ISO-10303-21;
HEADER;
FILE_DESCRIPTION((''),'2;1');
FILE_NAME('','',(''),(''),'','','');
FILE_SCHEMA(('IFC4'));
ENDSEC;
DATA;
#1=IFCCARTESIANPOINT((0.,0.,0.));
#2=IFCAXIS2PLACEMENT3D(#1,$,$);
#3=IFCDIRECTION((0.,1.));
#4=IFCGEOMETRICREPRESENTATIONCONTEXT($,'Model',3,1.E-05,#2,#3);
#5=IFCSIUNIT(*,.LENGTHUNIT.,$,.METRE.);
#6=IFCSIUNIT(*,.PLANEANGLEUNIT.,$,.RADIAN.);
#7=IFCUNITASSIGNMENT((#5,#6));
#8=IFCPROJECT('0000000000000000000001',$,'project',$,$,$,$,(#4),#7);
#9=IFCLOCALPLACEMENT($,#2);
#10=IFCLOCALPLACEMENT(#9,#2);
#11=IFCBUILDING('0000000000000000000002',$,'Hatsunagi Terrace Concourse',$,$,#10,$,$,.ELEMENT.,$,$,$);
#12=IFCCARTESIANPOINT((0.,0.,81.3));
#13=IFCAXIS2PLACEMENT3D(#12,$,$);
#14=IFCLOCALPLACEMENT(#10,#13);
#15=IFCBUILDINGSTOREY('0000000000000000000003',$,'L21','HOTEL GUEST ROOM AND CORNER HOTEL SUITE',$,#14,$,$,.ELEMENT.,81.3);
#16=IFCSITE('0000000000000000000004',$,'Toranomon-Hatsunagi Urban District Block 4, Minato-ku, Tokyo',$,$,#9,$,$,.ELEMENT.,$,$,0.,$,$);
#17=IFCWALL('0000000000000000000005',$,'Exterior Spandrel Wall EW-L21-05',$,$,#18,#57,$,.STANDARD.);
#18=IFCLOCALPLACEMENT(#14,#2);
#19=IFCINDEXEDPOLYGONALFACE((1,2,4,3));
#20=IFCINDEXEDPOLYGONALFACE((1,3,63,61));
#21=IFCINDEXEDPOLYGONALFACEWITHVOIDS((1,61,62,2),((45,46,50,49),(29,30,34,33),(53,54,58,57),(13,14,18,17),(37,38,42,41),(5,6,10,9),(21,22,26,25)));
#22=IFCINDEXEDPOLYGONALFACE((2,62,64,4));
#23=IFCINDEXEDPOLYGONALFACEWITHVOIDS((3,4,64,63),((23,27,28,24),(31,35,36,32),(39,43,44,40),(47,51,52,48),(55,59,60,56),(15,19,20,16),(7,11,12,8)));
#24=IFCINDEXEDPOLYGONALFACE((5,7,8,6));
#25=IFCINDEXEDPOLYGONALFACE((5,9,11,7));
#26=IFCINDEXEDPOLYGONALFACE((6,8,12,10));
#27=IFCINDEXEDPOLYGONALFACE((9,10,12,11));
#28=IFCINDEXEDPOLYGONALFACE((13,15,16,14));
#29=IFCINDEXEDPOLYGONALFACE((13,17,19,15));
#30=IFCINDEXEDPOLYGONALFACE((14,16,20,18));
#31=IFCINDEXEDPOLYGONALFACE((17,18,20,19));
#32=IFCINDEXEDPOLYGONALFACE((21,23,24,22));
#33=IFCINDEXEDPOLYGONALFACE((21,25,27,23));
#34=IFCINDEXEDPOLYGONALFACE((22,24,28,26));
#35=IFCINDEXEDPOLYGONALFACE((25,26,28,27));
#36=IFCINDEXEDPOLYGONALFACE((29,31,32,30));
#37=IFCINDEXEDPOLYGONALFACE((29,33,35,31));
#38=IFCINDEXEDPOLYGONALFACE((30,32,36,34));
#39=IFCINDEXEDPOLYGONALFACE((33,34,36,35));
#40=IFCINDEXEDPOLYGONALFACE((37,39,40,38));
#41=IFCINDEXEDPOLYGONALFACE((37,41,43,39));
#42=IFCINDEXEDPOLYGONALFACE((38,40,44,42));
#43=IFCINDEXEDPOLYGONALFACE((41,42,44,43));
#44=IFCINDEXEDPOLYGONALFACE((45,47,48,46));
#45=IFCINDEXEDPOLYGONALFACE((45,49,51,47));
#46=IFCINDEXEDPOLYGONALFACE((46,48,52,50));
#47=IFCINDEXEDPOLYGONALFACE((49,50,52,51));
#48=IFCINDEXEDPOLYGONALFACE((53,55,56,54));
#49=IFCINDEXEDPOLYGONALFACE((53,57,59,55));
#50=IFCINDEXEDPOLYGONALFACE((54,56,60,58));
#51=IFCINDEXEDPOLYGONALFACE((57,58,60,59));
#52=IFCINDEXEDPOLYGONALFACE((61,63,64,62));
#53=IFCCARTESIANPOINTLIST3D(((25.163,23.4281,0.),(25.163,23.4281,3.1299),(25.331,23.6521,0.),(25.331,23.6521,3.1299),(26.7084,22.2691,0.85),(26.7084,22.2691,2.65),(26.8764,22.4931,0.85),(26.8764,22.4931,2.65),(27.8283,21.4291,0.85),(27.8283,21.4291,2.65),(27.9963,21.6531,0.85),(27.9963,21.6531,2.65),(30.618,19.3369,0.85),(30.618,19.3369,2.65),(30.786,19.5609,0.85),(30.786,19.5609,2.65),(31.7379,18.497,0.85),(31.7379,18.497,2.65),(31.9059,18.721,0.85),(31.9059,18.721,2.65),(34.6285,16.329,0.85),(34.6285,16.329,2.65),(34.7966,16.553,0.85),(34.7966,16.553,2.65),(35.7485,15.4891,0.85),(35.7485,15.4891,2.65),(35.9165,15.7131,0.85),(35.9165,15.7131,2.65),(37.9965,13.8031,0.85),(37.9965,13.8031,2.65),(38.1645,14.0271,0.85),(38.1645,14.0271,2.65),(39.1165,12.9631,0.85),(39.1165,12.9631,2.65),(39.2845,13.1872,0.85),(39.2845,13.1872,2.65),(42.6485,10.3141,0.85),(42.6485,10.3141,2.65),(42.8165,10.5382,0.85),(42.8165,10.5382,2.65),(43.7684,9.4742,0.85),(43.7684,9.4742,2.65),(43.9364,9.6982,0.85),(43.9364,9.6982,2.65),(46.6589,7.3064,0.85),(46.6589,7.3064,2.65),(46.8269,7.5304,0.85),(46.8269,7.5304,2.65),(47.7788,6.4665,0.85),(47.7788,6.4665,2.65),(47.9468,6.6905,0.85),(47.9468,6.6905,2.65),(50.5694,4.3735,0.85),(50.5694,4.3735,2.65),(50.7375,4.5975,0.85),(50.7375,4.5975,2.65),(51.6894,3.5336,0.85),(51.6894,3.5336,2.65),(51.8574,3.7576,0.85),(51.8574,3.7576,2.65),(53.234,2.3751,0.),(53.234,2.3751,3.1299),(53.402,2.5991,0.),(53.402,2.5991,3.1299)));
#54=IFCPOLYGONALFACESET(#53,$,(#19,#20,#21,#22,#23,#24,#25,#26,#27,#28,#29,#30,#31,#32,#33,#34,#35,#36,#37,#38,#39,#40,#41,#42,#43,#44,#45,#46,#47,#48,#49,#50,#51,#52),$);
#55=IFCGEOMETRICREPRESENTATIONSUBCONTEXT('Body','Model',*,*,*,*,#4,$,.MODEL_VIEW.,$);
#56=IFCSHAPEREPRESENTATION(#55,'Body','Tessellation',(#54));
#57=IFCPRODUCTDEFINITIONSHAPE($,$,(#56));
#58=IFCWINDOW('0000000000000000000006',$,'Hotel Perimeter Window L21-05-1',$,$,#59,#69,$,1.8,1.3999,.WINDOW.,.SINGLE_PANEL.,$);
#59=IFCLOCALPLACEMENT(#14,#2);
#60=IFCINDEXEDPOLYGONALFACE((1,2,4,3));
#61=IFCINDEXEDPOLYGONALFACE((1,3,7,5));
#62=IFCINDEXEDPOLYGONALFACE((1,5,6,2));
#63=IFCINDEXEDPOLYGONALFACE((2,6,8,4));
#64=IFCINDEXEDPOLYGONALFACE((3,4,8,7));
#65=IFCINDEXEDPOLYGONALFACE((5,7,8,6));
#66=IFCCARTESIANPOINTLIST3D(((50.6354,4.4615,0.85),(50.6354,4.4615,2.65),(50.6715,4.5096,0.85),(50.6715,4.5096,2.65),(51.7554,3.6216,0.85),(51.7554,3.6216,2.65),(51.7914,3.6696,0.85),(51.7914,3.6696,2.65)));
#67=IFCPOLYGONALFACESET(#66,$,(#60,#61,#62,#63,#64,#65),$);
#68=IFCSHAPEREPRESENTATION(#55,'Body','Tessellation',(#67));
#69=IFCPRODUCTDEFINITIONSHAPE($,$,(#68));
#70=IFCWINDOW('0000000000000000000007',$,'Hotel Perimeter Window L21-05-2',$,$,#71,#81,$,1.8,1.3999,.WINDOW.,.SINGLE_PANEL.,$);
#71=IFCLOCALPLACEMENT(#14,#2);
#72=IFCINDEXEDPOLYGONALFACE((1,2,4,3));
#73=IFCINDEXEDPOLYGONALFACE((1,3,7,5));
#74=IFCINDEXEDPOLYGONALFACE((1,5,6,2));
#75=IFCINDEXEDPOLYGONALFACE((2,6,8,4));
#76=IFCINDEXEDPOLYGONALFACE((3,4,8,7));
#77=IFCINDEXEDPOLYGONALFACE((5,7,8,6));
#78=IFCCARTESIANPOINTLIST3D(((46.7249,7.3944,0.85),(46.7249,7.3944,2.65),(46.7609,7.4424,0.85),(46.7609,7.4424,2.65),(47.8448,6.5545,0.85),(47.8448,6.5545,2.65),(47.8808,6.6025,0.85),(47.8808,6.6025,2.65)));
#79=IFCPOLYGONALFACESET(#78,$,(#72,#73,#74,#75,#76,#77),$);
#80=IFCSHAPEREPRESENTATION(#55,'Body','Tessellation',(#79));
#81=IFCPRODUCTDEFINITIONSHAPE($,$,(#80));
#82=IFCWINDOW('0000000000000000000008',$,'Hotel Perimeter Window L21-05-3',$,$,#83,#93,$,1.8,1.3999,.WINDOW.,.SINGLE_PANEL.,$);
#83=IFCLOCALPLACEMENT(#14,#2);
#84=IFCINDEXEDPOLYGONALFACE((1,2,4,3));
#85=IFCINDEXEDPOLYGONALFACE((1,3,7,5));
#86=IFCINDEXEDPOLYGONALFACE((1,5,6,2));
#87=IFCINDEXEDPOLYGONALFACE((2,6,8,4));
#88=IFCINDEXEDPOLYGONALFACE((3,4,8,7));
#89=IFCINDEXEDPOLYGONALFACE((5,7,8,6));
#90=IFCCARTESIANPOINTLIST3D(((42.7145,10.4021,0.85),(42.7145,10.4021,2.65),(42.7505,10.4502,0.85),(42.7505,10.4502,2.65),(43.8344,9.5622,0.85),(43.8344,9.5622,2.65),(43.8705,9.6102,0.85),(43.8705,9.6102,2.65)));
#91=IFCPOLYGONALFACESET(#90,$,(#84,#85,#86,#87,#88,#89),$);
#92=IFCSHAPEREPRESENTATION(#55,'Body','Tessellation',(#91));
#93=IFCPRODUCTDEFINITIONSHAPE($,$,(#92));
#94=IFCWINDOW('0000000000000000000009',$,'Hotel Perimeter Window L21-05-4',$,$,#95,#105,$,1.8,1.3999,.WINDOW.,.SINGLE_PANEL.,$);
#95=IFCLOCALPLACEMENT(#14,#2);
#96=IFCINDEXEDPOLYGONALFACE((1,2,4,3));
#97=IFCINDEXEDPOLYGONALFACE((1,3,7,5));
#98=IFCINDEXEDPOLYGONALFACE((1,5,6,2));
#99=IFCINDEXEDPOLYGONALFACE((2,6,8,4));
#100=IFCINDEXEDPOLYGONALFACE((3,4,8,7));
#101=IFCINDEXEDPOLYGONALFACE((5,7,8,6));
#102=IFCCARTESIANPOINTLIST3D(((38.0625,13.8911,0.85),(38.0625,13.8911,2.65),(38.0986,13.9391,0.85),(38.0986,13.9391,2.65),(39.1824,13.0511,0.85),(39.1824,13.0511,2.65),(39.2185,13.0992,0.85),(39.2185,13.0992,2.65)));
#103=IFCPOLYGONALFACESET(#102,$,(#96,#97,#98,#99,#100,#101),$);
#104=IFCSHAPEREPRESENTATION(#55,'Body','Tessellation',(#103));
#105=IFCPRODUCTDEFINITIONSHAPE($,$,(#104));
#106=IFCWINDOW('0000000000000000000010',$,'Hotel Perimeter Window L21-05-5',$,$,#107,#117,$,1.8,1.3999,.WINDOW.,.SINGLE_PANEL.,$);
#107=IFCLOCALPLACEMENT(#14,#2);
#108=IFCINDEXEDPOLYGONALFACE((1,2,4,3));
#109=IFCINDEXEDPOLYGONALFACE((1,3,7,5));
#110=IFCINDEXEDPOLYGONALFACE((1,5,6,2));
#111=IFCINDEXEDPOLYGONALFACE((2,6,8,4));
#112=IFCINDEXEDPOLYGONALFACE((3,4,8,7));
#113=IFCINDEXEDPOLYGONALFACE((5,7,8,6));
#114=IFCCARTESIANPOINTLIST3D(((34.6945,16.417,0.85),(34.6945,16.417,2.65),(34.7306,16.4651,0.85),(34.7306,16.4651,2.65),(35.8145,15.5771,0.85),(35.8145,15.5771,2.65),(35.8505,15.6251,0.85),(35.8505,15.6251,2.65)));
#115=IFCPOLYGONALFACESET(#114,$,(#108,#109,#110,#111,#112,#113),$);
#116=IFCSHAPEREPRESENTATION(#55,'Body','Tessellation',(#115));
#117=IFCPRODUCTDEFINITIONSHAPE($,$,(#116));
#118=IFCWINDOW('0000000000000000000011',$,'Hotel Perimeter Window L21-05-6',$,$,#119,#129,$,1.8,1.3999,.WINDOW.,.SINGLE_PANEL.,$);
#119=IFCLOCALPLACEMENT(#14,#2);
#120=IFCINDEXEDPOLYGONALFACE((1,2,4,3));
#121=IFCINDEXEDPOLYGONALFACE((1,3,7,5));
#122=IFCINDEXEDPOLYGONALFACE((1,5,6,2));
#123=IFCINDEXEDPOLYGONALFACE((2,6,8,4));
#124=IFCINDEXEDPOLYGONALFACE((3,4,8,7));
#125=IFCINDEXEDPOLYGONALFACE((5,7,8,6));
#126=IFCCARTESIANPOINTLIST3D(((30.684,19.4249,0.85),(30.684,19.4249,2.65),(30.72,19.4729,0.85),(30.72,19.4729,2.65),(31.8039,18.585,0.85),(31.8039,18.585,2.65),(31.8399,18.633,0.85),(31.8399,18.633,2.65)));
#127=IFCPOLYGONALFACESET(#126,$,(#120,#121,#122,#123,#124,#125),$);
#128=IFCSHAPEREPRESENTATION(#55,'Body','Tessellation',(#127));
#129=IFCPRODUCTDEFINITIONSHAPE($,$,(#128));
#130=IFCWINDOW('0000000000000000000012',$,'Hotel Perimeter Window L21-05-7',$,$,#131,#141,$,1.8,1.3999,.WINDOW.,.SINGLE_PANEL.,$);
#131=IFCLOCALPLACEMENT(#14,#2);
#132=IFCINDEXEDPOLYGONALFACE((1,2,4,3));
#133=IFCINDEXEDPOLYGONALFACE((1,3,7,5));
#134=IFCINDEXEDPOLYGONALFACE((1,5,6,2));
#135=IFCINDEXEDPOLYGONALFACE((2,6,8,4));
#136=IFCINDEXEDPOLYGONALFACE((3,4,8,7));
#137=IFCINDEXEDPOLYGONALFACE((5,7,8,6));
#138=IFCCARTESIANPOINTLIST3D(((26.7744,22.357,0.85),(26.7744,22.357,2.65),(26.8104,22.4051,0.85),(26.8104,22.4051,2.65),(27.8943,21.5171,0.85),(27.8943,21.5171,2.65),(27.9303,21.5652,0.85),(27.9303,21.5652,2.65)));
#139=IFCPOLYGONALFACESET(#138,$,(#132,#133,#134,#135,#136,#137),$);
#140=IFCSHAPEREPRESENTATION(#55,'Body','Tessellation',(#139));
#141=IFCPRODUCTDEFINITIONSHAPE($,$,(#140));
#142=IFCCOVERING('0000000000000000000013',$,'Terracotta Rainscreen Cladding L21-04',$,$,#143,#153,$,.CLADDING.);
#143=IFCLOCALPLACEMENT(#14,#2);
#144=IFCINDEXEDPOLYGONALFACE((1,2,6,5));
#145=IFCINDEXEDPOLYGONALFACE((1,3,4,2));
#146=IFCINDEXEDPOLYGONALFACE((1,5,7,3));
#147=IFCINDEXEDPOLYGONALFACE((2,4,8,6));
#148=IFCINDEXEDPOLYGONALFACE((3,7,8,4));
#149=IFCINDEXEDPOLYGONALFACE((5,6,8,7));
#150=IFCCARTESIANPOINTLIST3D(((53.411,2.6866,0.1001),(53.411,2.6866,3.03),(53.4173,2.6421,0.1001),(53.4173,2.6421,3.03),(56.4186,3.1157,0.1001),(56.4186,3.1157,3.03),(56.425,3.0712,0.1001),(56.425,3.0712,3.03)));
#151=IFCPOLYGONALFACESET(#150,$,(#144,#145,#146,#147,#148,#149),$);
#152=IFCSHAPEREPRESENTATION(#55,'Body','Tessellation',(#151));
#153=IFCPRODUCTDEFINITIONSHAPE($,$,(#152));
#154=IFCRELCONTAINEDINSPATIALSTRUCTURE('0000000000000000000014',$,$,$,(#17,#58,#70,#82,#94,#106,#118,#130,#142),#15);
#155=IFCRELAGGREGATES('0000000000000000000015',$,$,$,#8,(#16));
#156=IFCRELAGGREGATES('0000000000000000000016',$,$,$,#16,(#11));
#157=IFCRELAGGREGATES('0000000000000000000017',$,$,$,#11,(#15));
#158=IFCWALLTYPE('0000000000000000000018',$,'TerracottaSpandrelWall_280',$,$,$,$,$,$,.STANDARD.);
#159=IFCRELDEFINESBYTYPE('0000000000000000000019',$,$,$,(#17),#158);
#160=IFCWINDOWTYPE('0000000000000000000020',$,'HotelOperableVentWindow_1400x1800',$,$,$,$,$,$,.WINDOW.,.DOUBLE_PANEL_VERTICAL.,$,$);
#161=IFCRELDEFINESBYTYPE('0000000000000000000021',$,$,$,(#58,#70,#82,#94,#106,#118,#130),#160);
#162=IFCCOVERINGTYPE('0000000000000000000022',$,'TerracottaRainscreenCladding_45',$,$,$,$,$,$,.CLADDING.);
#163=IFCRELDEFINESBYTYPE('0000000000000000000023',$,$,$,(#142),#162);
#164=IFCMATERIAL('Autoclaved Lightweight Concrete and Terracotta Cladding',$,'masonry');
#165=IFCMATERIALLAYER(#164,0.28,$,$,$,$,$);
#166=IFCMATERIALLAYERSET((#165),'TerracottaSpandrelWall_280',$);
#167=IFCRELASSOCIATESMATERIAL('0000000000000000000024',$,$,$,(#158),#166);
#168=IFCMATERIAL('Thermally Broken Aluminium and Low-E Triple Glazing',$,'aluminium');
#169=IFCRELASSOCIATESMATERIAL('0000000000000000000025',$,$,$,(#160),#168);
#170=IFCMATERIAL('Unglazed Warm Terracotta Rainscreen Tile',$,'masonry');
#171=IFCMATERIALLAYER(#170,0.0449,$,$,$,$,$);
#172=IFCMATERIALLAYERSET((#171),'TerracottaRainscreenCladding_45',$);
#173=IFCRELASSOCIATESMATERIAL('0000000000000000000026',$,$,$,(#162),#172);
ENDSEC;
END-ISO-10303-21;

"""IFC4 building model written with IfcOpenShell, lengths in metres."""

from ifc_helpers import new_model, si_unit, direction, frame, frame_2d, origin, origin_2d, place, context, subcontext, project, spatial, rectangle, extrude, material, layer, layer_set, type_object, element, fill, save


model = new_model("IFC4")

# Units and contexts
model_context = context("Model", 3, precision=1e-05, world=origin(), true_north=direction((0.0, 1.0)))
body_context = subcontext(model_context, "Body", "Model", "MODEL_VIEW")
ifc_project = project(units=[si_unit("LENGTHUNIT", "METRE"), si_unit("PLANEANGLEUNIT", "RADIAN")], contexts=[model_context])

# Site, building, storey
site_placement = place(None, origin())
site = spatial("IfcSite", under=ifc_project, at=site_placement, Name="Toranomon-Hatsunagi Urban District Block 4, Minato-ku, Tokyo", CompositionType="ELEMENT", RefElevation=0.0)
building_placement = place(site_placement, origin())
building = spatial("IfcBuilding", under=site, at=building_placement, Name="Hatsunagi Terrace Concourse", CompositionType="ELEMENT")
storey_placement = place(building_placement, frame((0.0, 0.0, 81.3)))
storey = spatial("IfcBuildingStorey", under=building, at=storey_placement, Name="L21", Description="HOTEL GUEST ROOM AND CORNER HOTEL SUITE", CompositionType="ELEMENT", Elevation=81.3)

# Shared definitions
ifc_material_1 = material(Name="Autoclaved Lightweight Concrete and Terracotta Cladding", Category="masonry")
ifc_layer_1 = layer(ifc_material_1, 0.28)
ifc_layer_set_1 = layer_set([ifc_layer_1], Name="TerracottaSpandrelWall_280")
wall_type_1 = type_object("IfcWallType", Name="TerracottaSpandrelWall_280", PredefinedType="STANDARD", material=ifc_layer_set_1)
ifc_material_2 = material(Name="Thermally Broken Aluminium and Low-E Triple Glazing", Category="aluminium")
window_type = type_object("IfcWindowType", Name="HotelOperableVentWindow_1400x1800", PartitioningType="DOUBLE_PANEL_VERTICAL", PredefinedType="WINDOW", material=ifc_material_2)

# Wall, openings, windows
wall_1_placement = place(storey_placement, frame((53.3181, 2.4871, 0.0), z_axis=(0.0, 0.0, 1.0), x_axis=(-0.800004, 0.599994, 0.0)))
wall_1 = element("IfcWall", 1, at=wall_1_placement, inside=storey, type_object=wall_type_1, Name="Exterior Spandrel Wall EW-L21-05", PredefinedType="STANDARD", context=body_context, shape_type="SweptSolid", body=[
    extrude(rectangle(XDim=35.0886, YDim=0.28, at=frame_2d((17.5444, 0.0))), origin(), (0.0, 0.0, 1.0), 3.1299),
])
opening_1_placement = place(wall_1_placement, frame((1.9309, 0.0, 0.8501)))
opening_1 = element("IfcOpeningElement", 2, at=opening_1_placement, cuts=wall_1, PredefinedType="OPENING", context=body_context, shape_type="SweptSolid", body=[
    extrude(rectangle(XDim=1.3999, YDim=1.8, at=frame_2d((0.7, 0.8999))), frame((0.0, 0.1499, 0.0), z_axis=(0.0, -1.0, 0.0), x_axis=(1.0, 0.0, 0.0)), (0.0, 0.0, 1.0), 0.3),
])
opening_2_placement = place(wall_1_placement, frame((6.8191, 0.0, 0.8501)))
opening_2 = element("IfcOpeningElement", 3, at=opening_2_placement, cuts=wall_1, PredefinedType="OPENING", context=body_context, shape_type="SweptSolid", body=[
    extrude(rectangle(XDim=1.3999, YDim=1.8, at=frame_2d((0.7, 0.8999))), frame((0.0, 0.1499, 0.0), z_axis=(0.0, -1.0, 0.0), x_axis=(1.0, 0.0, 0.0)), (0.0, 0.0, 1.0), 0.3),
])
opening_3_placement = place(wall_1_placement, frame((11.832, 0.0, 0.8501)))
opening_3 = element("IfcOpeningElement", 4, at=opening_3_placement, cuts=wall_1, PredefinedType="OPENING", context=body_context, shape_type="SweptSolid", body=[
    extrude(rectangle(XDim=1.3999, YDim=1.8, at=frame_2d((0.7, 0.8999))), frame((0.0, 0.1499, 0.0), z_axis=(0.0, -1.0, 0.0), x_axis=(1.0, 0.0, 0.0)), (0.0, 0.0, 1.0), 0.3),
])
opening_4_placement = place(wall_1_placement, frame((17.647, 0.0, 0.8501)))
opening_4 = element("IfcOpeningElement", 5, at=opening_4_placement, cuts=wall_1, PredefinedType="OPENING", context=body_context, shape_type="SweptSolid", body=[
    extrude(rectangle(XDim=1.3999, YDim=1.8, at=frame_2d((0.7, 0.8999))), frame((0.0, 0.1499, 0.0), z_axis=(0.0, -1.0, 0.0), x_axis=(1.0, 0.0, 0.0)), (0.0, 0.0, 1.0), 0.3),
])
opening_5_placement = place(wall_1_placement, frame((21.8569, 0.0, 0.8501)))
opening_5 = element("IfcOpeningElement", 6, at=opening_5_placement, cuts=wall_1, PredefinedType="OPENING", context=body_context, shape_type="SweptSolid", body=[
    extrude(rectangle(XDim=1.3999, YDim=1.8, at=frame_2d((0.7, 0.8999))), frame((0.0, 0.1499, 0.0), z_axis=(0.0, -1.0, 0.0), x_axis=(1.0, 0.0, 0.0)), (0.0, 0.0, 1.0), 0.3),
])
opening_6_placement = place(wall_1_placement, frame((26.8701, 0.0, 0.8501)))
opening_6 = element("IfcOpeningElement", 7, at=opening_6_placement, cuts=wall_1, PredefinedType="OPENING", context=body_context, shape_type="SweptSolid", body=[
    extrude(rectangle(XDim=1.3999, YDim=1.8, at=frame_2d((0.7, 0.8999))), frame((0.0, 0.1499, 0.0), z_axis=(0.0, -1.0, 0.0), x_axis=(1.0, 0.0, 0.0)), (0.0, 0.0, 1.0), 0.3),
])
opening_7_placement = place(wall_1_placement, frame((31.7571, 0.0, 0.8501)))
opening_7 = element("IfcOpeningElement", 8, at=opening_7_placement, cuts=wall_1, PredefinedType="OPENING", context=body_context, shape_type="SweptSolid", body=[
    extrude(rectangle(XDim=1.3999, YDim=1.8, at=frame_2d((0.7, 0.8999))), frame((0.0, 0.1499, 0.0), z_axis=(0.0, -1.0, 0.0), x_axis=(1.0, 0.0, 0.0)), (0.0, 0.0, 1.0), 0.3),
])
window_1_placement = place(opening_1_placement, origin())
window_1 = element("IfcWindow", 9, at=window_1_placement, inside=storey, type_object=window_type, Name="Hotel Perimeter Window L21-05-1", OverallHeight=1.8, OverallWidth=1.3999, PartitioningType="SINGLE_PANEL", PredefinedType="WINDOW", context=body_context, shape_type="SweptSolid", body=[
    extrude(rectangle(XDim=1.3999, YDim=1.8, at=frame_2d((0.7, 0.8999))), frame((0.0, 0.03, 0.0), z_axis=(0.0, -1.0, 0.0), x_axis=(1.0, 0.0, 0.0)), (0.0, 0.0, 1.0), 0.0601),
])
fill(opening_1, window_1)
window_2_placement = place(opening_2_placement, origin())
window_2 = element("IfcWindow", 10, at=window_2_placement, inside=storey, type_object=window_type, Name="Hotel Perimeter Window L21-05-2", OverallHeight=1.8, OverallWidth=1.3999, PartitioningType="SINGLE_PANEL", PredefinedType="WINDOW", context=body_context, shape_type="SweptSolid", body=[
    extrude(rectangle(XDim=1.3999, YDim=1.8, at=frame_2d((0.7, 0.8999))), frame((0.0, 0.03, 0.0), z_axis=(0.0, -1.0, 0.0), x_axis=(1.0, 0.0, 0.0)), (0.0, 0.0, 1.0), 0.0601),
])
fill(opening_2, window_2)
window_3_placement = place(opening_3_placement, origin())
window_3 = element("IfcWindow", 11, at=window_3_placement, inside=storey, type_object=window_type, Name="Hotel Perimeter Window L21-05-3", OverallHeight=1.8, OverallWidth=1.3999, PartitioningType="SINGLE_PANEL", PredefinedType="WINDOW", context=body_context, shape_type="SweptSolid", body=[
    extrude(rectangle(XDim=1.3999, YDim=1.8, at=frame_2d((0.7, 0.8999))), frame((0.0, 0.03, 0.0), z_axis=(0.0, -1.0, 0.0), x_axis=(1.0, 0.0, 0.0)), (0.0, 0.0, 1.0), 0.0601),
])
fill(opening_3, window_3)
window_4_placement = place(opening_4_placement, origin())
window_4 = element("IfcWindow", 12, at=window_4_placement, inside=storey, type_object=window_type, Name="Hotel Perimeter Window L21-05-4", OverallHeight=1.8, OverallWidth=1.3999, PartitioningType="SINGLE_PANEL", PredefinedType="WINDOW", context=body_context, shape_type="SweptSolid", body=[
    extrude(rectangle(XDim=1.3999, YDim=1.8, at=frame_2d((0.7, 0.8999))), frame((0.0, 0.03, 0.0), z_axis=(0.0, -1.0, 0.0), x_axis=(1.0, 0.0, 0.0)), (0.0, 0.0, 1.0), 0.0601),
])
fill(opening_4, window_4)
window_5_placement = place(opening_5_placement, origin())
window_5 = element("IfcWindow", 13, at=window_5_placement, inside=storey, type_object=window_type, Name="Hotel Perimeter Window L21-05-5", OverallHeight=1.8, OverallWidth=1.3999, PartitioningType="SINGLE_PANEL", PredefinedType="WINDOW", context=body_context, shape_type="SweptSolid", body=[
    extrude(rectangle(XDim=1.3999, YDim=1.8, at=frame_2d((0.7, 0.8999))), frame((0.0, 0.03, 0.0), z_axis=(0.0, -1.0, 0.0), x_axis=(1.0, 0.0, 0.0)), (0.0, 0.0, 1.0), 0.0601),
])
fill(opening_5, window_5)
window_6_placement = place(opening_6_placement, origin())
window_6 = element("IfcWindow", 14, at=window_6_placement, inside=storey, type_object=window_type, Name="Hotel Perimeter Window L21-05-6", OverallHeight=1.8, OverallWidth=1.3999, PartitioningType="SINGLE_PANEL", PredefinedType="WINDOW", context=body_context, shape_type="SweptSolid", body=[
    extrude(rectangle(XDim=1.3999, YDim=1.8, at=frame_2d((0.7, 0.8999))), frame((0.0, 0.03, 0.0), z_axis=(0.0, -1.0, 0.0), x_axis=(1.0, 0.0, 0.0)), (0.0, 0.0, 1.0), 0.0601),
])
fill(opening_6, window_6)
window_7_placement = place(opening_7_placement, origin())
window_7 = element("IfcWindow", 15, at=window_7_placement, inside=storey, type_object=window_type, Name="Hotel Perimeter Window L21-05-7", OverallHeight=1.8, OverallWidth=1.3999, PartitioningType="SINGLE_PANEL", PredefinedType="WINDOW", context=body_context, shape_type="SweptSolid", body=[
    extrude(rectangle(XDim=1.3999, YDim=1.8, at=frame_2d((0.7, 0.8999))), frame((0.0, 0.03, 0.0), z_axis=(0.0, -1.0, 0.0), x_axis=(1.0, 0.0, 0.0)), (0.0, 0.0, 1.0), 0.0601),
])
fill(opening_7, window_7)

# Covering
ifc_material_3 = material(Name="Unglazed Warm Terracotta Rainscreen Tile", Category="masonry")
ifc_layer_2 = layer(ifc_material_3, 0.0449)
ifc_layer_set_2 = layer_set([ifc_layer_2], Name="TerracottaRainscreenCladding_45")
covering_type = type_object("IfcCoveringType", Name="TerracottaRainscreenCladding_45", PredefinedType="CLADDING", material=ifc_layer_set_2)
covering_placement = place(storey_placement, frame((54.918, 2.8789, 0.1001), z_axis=(0.0, 0.0, 1.0), x_axis=(-0.989974, -0.14125, 0.0)))
element("IfcCovering", 16, at=covering_placement, inside=storey, type_object=covering_type, Name="Terracotta Rainscreen Cladding L21-04", PredefinedType="CLADDING", context=body_context, shape_type="SweptSolid", body=[
    extrude(rectangle(XDim=3.0381, YDim=0.0449, at=origin_2d()), origin(), (0.0, 0.0, 1.0), 2.9299),
])

save(model, "model.ifc")
